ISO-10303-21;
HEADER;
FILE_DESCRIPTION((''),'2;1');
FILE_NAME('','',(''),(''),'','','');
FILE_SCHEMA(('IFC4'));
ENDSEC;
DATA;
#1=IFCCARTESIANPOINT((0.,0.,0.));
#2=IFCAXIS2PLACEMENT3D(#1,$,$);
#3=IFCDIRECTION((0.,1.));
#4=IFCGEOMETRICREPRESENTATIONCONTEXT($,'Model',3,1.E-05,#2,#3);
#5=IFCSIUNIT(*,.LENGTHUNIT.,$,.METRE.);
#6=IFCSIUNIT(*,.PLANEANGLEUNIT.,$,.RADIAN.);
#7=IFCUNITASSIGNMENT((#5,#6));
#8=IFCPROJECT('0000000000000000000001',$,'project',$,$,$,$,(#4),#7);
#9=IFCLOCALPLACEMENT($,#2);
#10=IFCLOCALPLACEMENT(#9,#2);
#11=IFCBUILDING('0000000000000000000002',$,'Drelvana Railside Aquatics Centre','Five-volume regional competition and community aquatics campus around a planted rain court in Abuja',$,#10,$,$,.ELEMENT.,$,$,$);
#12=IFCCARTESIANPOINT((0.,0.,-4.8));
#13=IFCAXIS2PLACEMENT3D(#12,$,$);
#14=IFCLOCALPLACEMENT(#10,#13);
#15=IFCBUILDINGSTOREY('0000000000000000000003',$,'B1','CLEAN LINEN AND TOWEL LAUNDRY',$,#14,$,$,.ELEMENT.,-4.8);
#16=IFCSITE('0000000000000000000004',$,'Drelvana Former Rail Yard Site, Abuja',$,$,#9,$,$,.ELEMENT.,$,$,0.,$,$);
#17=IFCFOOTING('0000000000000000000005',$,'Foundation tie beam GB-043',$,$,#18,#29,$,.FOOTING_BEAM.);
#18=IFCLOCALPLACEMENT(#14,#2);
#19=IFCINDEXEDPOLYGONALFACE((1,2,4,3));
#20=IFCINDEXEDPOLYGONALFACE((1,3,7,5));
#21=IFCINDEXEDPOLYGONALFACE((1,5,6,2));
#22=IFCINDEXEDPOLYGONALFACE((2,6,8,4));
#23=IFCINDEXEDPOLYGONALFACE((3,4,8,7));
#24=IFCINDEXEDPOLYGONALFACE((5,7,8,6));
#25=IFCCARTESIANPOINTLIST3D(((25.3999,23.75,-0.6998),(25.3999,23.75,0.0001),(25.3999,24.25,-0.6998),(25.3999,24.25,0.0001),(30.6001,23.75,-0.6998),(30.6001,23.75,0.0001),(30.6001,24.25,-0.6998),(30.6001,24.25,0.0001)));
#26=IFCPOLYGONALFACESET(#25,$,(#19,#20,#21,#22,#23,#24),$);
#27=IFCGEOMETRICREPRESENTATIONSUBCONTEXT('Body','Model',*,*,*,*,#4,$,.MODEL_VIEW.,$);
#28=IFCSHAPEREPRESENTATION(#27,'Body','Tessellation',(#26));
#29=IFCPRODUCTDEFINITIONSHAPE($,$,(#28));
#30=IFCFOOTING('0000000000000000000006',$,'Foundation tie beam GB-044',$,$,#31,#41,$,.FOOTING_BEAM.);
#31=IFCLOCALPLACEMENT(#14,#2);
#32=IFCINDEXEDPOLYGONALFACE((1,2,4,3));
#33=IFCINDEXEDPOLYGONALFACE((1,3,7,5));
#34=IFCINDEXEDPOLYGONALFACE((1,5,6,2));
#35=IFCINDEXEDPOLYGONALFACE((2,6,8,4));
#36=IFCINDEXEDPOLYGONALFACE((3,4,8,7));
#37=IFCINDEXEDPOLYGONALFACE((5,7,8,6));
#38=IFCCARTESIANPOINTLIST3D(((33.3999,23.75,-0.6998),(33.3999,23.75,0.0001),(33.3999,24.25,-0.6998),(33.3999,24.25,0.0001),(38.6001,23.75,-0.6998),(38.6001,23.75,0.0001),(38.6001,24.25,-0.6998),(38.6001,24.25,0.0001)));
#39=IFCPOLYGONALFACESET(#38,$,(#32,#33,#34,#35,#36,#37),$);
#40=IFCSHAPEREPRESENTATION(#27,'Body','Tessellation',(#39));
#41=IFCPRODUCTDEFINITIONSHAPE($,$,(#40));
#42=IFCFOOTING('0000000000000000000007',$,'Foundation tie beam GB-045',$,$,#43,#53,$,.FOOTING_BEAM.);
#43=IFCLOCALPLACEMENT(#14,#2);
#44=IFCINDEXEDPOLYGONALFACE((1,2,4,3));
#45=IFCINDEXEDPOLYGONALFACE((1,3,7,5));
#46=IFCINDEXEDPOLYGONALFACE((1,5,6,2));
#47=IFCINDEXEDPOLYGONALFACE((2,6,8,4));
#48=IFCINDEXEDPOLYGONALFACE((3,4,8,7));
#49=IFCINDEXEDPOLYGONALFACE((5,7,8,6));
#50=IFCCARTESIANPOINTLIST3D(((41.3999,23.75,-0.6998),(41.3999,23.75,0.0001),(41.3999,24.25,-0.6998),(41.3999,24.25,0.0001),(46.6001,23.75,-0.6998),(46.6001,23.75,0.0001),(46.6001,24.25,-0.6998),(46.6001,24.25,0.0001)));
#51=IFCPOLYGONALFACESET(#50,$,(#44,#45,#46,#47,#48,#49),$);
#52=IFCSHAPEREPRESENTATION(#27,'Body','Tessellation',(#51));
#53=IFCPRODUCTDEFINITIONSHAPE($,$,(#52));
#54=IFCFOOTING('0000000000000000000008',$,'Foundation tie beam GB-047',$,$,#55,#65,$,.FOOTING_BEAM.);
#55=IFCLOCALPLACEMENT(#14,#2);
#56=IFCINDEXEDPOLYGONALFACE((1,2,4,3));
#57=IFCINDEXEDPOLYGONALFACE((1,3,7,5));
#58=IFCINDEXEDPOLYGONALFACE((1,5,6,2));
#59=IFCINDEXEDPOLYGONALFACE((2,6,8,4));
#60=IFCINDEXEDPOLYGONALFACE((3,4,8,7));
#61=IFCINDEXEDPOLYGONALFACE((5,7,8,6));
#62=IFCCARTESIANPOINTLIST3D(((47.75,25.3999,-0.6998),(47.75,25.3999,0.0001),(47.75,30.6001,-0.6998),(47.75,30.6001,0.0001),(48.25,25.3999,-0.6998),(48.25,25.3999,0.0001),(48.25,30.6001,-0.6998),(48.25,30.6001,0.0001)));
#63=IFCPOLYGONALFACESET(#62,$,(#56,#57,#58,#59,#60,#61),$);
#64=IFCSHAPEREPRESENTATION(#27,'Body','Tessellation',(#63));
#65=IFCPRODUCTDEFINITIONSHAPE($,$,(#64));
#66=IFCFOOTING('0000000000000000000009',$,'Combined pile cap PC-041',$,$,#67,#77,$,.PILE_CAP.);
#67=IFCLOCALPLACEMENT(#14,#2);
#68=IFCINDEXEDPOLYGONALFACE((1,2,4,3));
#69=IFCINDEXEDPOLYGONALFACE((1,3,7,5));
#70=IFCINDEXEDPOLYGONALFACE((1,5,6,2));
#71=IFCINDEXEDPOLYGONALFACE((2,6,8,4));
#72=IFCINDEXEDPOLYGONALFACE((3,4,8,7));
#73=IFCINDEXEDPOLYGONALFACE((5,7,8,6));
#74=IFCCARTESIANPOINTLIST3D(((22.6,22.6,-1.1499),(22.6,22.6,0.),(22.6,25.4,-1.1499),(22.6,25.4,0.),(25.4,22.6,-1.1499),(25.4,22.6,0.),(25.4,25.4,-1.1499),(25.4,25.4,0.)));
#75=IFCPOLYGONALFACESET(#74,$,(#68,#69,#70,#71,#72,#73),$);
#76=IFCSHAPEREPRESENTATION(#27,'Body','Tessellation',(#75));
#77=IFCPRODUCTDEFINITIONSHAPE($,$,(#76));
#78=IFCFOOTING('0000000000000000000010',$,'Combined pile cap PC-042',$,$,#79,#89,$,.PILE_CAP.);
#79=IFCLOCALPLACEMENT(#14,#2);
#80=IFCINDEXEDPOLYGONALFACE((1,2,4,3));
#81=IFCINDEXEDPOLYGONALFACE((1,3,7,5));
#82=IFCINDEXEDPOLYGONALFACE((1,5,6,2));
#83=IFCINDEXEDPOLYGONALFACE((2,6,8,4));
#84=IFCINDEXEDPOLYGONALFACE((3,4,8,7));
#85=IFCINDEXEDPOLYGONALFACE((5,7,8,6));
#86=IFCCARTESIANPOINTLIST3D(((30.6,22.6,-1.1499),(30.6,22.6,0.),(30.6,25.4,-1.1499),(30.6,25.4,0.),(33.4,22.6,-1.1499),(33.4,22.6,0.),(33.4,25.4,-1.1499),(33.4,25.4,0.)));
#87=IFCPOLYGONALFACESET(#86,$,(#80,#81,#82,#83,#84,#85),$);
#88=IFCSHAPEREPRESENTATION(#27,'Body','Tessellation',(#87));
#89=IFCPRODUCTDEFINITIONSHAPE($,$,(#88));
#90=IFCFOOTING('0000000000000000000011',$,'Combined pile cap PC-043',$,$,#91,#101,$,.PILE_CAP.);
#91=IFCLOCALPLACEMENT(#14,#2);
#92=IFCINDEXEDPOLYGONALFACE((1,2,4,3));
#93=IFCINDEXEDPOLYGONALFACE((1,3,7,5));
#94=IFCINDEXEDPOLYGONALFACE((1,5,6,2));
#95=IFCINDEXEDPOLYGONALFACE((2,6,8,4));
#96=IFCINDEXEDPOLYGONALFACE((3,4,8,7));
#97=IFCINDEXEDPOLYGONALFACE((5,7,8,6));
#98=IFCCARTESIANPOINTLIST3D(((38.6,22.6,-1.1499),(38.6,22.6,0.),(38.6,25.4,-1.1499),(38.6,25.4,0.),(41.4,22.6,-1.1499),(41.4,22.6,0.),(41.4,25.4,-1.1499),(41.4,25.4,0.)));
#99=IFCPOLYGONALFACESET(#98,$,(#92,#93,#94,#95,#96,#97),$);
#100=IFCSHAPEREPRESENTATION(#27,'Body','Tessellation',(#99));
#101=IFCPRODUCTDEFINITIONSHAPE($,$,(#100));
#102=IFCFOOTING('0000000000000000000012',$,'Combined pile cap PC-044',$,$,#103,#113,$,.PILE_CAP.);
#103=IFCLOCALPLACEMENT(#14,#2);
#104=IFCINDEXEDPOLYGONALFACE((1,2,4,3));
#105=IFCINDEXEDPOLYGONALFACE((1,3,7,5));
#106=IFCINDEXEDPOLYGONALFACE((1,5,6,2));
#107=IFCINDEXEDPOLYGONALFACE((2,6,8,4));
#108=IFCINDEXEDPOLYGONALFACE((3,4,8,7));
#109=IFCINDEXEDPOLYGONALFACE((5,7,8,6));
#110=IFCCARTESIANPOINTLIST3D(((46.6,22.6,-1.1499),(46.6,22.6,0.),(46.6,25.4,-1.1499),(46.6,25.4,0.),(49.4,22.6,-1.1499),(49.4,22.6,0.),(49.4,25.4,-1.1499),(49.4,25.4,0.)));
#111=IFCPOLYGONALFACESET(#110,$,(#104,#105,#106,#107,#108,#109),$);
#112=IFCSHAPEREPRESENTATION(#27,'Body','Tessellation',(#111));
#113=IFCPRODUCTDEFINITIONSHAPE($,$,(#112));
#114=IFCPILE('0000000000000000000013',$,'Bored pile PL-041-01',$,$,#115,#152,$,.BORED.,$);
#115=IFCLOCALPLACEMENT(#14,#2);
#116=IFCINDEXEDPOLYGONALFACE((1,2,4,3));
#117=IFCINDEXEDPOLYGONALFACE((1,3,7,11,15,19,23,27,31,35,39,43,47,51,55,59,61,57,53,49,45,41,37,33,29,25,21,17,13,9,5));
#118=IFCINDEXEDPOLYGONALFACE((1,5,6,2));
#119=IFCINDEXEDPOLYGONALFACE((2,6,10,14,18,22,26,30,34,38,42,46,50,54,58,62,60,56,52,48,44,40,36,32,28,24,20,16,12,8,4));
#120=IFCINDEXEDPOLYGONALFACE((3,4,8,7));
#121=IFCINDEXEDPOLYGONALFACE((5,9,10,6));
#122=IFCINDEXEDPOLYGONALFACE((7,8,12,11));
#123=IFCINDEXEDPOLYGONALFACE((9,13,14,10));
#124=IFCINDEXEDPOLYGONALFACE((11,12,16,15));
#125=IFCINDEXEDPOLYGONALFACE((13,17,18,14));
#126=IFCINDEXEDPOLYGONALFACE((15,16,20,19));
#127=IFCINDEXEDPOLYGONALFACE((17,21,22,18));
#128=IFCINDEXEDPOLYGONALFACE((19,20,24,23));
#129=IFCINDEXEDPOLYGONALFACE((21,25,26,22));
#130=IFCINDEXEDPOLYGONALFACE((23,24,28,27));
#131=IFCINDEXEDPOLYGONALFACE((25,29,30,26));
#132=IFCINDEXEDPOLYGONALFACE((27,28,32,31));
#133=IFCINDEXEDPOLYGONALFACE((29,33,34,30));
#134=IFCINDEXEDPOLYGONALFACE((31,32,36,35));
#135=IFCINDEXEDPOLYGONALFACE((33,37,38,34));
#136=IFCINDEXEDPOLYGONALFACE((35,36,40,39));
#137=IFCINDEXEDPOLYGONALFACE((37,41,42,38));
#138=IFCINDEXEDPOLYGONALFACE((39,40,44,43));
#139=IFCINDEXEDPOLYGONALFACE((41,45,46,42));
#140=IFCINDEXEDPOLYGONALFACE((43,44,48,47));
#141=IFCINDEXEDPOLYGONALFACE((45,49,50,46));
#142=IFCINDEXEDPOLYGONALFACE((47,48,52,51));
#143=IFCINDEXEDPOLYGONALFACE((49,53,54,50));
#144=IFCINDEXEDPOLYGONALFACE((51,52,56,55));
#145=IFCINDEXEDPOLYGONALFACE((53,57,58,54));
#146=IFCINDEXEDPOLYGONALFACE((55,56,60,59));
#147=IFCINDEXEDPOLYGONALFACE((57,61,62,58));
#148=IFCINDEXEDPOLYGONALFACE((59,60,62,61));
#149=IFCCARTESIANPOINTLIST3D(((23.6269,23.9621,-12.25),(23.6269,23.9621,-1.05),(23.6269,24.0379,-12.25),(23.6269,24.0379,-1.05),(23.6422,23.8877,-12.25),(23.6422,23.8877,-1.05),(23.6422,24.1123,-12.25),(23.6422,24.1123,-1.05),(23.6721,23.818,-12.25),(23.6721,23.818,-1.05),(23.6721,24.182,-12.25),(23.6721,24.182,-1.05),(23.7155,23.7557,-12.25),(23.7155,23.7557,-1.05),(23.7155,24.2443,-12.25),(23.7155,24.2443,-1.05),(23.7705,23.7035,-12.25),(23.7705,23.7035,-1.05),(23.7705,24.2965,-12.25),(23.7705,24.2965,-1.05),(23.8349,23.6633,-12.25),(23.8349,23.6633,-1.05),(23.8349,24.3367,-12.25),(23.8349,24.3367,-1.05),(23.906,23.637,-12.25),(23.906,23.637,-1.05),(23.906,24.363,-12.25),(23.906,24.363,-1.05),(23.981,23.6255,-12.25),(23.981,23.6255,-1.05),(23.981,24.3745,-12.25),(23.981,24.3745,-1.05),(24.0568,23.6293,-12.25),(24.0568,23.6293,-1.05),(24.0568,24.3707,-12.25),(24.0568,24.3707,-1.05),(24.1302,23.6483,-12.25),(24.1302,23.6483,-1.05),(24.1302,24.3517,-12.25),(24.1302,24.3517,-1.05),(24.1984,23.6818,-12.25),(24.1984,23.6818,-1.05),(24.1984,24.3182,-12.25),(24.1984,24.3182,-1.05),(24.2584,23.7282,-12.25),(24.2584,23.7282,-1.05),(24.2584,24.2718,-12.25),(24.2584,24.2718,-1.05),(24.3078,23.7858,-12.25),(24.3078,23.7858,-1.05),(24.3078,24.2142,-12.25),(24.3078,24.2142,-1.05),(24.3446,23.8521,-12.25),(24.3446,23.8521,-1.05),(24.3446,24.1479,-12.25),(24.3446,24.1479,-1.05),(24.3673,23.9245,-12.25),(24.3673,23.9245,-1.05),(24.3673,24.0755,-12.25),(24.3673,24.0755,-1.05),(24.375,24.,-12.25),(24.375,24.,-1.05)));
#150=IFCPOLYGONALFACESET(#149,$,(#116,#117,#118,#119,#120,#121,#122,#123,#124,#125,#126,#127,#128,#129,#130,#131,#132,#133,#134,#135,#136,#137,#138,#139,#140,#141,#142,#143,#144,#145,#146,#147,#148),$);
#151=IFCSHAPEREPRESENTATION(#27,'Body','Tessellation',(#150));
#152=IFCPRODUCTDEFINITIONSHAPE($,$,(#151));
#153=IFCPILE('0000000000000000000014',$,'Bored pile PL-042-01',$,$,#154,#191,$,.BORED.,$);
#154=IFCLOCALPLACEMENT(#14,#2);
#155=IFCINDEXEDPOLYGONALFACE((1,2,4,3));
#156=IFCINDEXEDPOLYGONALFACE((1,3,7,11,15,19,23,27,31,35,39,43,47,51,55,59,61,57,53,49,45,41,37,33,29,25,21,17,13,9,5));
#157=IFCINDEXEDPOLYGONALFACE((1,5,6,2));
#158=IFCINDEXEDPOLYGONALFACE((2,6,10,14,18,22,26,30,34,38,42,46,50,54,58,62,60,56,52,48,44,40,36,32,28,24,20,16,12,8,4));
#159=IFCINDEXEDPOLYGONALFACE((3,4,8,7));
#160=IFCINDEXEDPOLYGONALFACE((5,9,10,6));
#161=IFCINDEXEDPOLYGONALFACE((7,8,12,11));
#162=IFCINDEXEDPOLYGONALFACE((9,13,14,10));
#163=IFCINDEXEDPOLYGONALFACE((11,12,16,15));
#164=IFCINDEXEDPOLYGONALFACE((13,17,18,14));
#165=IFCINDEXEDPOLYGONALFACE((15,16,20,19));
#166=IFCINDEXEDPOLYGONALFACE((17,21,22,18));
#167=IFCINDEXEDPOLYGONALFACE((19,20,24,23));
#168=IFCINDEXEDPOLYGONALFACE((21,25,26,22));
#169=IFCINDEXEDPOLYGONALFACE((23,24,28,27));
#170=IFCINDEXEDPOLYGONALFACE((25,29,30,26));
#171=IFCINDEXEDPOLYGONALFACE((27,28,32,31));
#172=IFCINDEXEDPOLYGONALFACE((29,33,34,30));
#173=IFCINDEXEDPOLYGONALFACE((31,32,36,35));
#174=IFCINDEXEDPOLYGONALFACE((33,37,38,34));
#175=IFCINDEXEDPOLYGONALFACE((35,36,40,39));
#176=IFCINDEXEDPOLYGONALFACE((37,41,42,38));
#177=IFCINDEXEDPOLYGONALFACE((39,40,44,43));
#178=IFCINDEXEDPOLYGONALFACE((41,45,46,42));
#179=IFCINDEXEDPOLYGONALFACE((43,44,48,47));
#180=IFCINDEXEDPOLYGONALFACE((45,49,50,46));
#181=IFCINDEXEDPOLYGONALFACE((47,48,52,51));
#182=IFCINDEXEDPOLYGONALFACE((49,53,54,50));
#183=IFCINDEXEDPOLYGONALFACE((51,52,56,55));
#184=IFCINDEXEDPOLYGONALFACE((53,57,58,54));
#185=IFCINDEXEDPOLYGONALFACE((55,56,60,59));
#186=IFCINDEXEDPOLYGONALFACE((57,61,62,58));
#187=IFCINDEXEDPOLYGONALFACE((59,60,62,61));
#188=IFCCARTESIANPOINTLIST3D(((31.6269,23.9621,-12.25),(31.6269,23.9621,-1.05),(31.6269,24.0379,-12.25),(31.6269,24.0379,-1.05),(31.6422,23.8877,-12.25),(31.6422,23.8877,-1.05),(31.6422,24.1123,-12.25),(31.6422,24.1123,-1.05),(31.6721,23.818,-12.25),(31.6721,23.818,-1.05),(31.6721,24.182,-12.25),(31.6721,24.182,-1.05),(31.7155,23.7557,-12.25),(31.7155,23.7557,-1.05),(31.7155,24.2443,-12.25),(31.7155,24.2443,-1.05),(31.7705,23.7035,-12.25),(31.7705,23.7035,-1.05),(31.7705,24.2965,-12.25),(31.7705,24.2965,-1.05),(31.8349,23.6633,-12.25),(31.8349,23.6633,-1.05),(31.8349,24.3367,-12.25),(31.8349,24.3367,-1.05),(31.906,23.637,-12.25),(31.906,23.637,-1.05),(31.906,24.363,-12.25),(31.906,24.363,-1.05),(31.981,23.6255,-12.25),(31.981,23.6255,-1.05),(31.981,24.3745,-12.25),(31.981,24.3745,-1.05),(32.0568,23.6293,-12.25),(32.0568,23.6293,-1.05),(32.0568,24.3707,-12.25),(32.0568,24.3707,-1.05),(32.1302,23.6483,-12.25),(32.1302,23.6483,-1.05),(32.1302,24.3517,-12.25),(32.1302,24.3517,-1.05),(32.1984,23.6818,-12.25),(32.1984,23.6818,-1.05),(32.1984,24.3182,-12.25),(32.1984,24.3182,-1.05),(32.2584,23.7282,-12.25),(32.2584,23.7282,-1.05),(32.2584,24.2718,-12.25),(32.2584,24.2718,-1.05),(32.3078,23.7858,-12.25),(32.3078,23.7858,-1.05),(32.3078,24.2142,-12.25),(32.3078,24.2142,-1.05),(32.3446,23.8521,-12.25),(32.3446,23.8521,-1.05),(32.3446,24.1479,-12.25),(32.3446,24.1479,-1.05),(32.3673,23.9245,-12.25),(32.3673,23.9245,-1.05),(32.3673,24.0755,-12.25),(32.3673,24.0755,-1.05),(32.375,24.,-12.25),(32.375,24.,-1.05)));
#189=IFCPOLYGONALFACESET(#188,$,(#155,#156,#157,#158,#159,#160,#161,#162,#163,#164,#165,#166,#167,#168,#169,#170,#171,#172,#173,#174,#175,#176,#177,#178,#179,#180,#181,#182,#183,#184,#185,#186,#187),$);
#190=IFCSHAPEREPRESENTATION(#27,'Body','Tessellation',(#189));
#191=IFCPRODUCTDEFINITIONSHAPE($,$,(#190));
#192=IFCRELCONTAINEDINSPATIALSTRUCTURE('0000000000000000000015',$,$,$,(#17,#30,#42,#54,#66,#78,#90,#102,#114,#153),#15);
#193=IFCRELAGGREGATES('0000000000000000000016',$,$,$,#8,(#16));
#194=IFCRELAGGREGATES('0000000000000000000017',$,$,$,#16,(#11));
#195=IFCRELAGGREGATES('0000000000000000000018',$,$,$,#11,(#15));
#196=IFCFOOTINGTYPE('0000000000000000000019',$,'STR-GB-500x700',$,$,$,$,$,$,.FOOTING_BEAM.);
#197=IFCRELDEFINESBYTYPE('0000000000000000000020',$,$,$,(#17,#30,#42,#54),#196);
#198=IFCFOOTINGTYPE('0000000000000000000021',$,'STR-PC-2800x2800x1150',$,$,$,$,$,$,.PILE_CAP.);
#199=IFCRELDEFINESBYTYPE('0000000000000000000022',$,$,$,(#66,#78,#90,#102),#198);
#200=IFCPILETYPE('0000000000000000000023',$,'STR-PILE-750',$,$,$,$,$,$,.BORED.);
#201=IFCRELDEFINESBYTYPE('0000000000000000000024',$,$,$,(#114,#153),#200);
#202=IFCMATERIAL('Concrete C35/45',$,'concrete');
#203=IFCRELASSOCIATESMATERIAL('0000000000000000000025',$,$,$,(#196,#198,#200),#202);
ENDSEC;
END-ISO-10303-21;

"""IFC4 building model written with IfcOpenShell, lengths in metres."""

from ifc_helpers import new_model, si_unit, direction, frame, origin, origin_2d, place, context, subcontext, project, spatial, rectangle, circle, extrude, material, material_profile, profile_set, type_object, element, save


model = new_model("IFC4")

# Units and contexts
model_context = context("Model", 3, precision=1e-05, world=origin(), true_north=direction((0.0, 1.0)))
body_context = subcontext(model_context, "Body", "Model", "MODEL_VIEW")
ifc_project = project(units=[si_unit("LENGTHUNIT", "METRE"), si_unit("PLANEANGLEUNIT", "RADIAN")], contexts=[model_context])

# Site, building, storey
site_placement = place(None, origin())
site = spatial("IfcSite", under=ifc_project, at=site_placement, Name="Drelvana Former Rail Yard Site, Abuja", CompositionType="ELEMENT", RefElevation=0.0)
building_placement = place(site_placement, origin())
building = spatial("IfcBuilding", under=site, at=building_placement, Name="Drelvana Railside Aquatics Centre", Description="Five-volume regional competition and community aquatics campus around a planted rain court in Abuja", CompositionType="ELEMENT")
storey_placement = place(building_placement, frame((0.0, 0.0, -4.8)))
storey = spatial("IfcBuildingStorey", under=building, at=storey_placement, Name="B1", Description="CLEAN LINEN AND TOWEL LAUNDRY", CompositionType="ELEMENT", Elevation=-4.8)

# Footings
ifc_material_1 = material(Name="Concrete C35/45", Category="concrete")
ifc_material_profile_1 = material_profile(ifc_material_1, rectangle(XDim=0.5, YDim=0.7, at=origin_2d()), Name="GB 500x700")
ifc_profile_set_1 = profile_set([ifc_material_profile_1], Name="Concrete C35/45")
footing_type_1 = type_object("IfcFootingType", Name="STR-GB-500x700", PredefinedType="FOOTING_BEAM", material=ifc_profile_set_1)
for number, where, z_axis, x_axis, name in (
    (1, (25.3999, 24.0, -0.3499), (1.0, 0.0, 0.0), (0.0, 1.0, 0.0), "Foundation tie beam GB-043"),
    (2, (33.3999, 24.0, -0.3499), (1.0, 0.0, 0.0), (0.0, 1.0, 0.0), "Foundation tie beam GB-044"),
    (3, (41.3999, 24.0, -0.3499), (1.0, 0.0, 0.0), (0.0, 1.0, 0.0), "Foundation tie beam GB-045"),
    (4, (48.0, 25.3999, -0.3499), (0.0, 1.0, 0.0), (-1.0, 0.0, 0.0), "Foundation tie beam GB-047"),
):
    element("IfcFooting", number, at=place(storey_placement, frame(where, z_axis=z_axis, x_axis=x_axis)), inside=storey, type_object=footing_type_1, Name=name, PredefinedType="FOOTING_BEAM", context=body_context, shape_type="SweptSolid", body=[
        extrude(rectangle(XDim=0.5, YDim=0.7, at=origin_2d()), origin(), (0.0, 0.0, 1.0), 5.2002),
    ])
footing_type_2 = type_object("IfcFootingType", Name="STR-PC-2800x2800x1150", PredefinedType="PILE_CAP", material=ifc_material_1)
for number, where, z_axis, x_axis, name in (
    (5, (24.0, 24.0, -1.1499), (0.0, 0.0, 1.0), (1.0, 0.0, 0.0), "Combined pile cap PC-041"),
    (6, (32.0, 24.0, -1.1499), (0.0, 0.0, 1.0), (1.0, 0.0, 0.0), "Combined pile cap PC-042"),
    (7, (40.0, 24.0, -1.1499), (0.0, 0.0, 1.0), (1.0, 0.0, 0.0), "Combined pile cap PC-043"),
    (8, (48.0, 24.0, -1.1499), (0.0, 0.0, 1.0), (1.0, 0.0, 0.0), "Combined pile cap PC-044"),
):
    element("IfcFooting", number, at=place(storey_placement, frame(where, z_axis=z_axis, x_axis=x_axis)), inside=storey, type_object=footing_type_2, Name=name, PredefinedType="PILE_CAP", context=body_context, shape_type="SweptSolid", body=[
        extrude(rectangle(XDim=2.8, YDim=2.8, at=origin_2d()), origin(), (0.0, 0.0, 1.0), 1.1499),
    ])

# Piles
ifc_material_profile_2 = material_profile(ifc_material_1, circle(Radius=0.375, at=origin_2d()), Name="PILE D750")
ifc_profile_set_2 = profile_set([ifc_material_profile_2], Name="Concrete C35/45")
pile_type = type_object("IfcPileType", Name="STR-PILE-750", PredefinedType="BORED", material=ifc_profile_set_2)
for number, where, z_axis, x_axis, name in (
    (9, (24.0, 24.0, -1.05), (0.0, 0.0, -1.0), (1.0, 0.0, 0.0), "Bored pile PL-041-01"),
    (10, (32.0, 24.0, -1.05), (0.0, 0.0, -1.0), (1.0, 0.0, 0.0), "Bored pile PL-042-01"),
):
    element("IfcPile", number, at=place(storey_placement, frame(where, z_axis=z_axis, x_axis=x_axis)), inside=storey, type_object=pile_type, Name=name, PredefinedType="BORED", context=body_context, shape_type="SweptSolid", body=[
        extrude(circle(Radius=0.375, at=origin_2d()), origin(), (0.0, 0.0, 1.0), 11.2),
    ])

save(model, "model.ifc")
